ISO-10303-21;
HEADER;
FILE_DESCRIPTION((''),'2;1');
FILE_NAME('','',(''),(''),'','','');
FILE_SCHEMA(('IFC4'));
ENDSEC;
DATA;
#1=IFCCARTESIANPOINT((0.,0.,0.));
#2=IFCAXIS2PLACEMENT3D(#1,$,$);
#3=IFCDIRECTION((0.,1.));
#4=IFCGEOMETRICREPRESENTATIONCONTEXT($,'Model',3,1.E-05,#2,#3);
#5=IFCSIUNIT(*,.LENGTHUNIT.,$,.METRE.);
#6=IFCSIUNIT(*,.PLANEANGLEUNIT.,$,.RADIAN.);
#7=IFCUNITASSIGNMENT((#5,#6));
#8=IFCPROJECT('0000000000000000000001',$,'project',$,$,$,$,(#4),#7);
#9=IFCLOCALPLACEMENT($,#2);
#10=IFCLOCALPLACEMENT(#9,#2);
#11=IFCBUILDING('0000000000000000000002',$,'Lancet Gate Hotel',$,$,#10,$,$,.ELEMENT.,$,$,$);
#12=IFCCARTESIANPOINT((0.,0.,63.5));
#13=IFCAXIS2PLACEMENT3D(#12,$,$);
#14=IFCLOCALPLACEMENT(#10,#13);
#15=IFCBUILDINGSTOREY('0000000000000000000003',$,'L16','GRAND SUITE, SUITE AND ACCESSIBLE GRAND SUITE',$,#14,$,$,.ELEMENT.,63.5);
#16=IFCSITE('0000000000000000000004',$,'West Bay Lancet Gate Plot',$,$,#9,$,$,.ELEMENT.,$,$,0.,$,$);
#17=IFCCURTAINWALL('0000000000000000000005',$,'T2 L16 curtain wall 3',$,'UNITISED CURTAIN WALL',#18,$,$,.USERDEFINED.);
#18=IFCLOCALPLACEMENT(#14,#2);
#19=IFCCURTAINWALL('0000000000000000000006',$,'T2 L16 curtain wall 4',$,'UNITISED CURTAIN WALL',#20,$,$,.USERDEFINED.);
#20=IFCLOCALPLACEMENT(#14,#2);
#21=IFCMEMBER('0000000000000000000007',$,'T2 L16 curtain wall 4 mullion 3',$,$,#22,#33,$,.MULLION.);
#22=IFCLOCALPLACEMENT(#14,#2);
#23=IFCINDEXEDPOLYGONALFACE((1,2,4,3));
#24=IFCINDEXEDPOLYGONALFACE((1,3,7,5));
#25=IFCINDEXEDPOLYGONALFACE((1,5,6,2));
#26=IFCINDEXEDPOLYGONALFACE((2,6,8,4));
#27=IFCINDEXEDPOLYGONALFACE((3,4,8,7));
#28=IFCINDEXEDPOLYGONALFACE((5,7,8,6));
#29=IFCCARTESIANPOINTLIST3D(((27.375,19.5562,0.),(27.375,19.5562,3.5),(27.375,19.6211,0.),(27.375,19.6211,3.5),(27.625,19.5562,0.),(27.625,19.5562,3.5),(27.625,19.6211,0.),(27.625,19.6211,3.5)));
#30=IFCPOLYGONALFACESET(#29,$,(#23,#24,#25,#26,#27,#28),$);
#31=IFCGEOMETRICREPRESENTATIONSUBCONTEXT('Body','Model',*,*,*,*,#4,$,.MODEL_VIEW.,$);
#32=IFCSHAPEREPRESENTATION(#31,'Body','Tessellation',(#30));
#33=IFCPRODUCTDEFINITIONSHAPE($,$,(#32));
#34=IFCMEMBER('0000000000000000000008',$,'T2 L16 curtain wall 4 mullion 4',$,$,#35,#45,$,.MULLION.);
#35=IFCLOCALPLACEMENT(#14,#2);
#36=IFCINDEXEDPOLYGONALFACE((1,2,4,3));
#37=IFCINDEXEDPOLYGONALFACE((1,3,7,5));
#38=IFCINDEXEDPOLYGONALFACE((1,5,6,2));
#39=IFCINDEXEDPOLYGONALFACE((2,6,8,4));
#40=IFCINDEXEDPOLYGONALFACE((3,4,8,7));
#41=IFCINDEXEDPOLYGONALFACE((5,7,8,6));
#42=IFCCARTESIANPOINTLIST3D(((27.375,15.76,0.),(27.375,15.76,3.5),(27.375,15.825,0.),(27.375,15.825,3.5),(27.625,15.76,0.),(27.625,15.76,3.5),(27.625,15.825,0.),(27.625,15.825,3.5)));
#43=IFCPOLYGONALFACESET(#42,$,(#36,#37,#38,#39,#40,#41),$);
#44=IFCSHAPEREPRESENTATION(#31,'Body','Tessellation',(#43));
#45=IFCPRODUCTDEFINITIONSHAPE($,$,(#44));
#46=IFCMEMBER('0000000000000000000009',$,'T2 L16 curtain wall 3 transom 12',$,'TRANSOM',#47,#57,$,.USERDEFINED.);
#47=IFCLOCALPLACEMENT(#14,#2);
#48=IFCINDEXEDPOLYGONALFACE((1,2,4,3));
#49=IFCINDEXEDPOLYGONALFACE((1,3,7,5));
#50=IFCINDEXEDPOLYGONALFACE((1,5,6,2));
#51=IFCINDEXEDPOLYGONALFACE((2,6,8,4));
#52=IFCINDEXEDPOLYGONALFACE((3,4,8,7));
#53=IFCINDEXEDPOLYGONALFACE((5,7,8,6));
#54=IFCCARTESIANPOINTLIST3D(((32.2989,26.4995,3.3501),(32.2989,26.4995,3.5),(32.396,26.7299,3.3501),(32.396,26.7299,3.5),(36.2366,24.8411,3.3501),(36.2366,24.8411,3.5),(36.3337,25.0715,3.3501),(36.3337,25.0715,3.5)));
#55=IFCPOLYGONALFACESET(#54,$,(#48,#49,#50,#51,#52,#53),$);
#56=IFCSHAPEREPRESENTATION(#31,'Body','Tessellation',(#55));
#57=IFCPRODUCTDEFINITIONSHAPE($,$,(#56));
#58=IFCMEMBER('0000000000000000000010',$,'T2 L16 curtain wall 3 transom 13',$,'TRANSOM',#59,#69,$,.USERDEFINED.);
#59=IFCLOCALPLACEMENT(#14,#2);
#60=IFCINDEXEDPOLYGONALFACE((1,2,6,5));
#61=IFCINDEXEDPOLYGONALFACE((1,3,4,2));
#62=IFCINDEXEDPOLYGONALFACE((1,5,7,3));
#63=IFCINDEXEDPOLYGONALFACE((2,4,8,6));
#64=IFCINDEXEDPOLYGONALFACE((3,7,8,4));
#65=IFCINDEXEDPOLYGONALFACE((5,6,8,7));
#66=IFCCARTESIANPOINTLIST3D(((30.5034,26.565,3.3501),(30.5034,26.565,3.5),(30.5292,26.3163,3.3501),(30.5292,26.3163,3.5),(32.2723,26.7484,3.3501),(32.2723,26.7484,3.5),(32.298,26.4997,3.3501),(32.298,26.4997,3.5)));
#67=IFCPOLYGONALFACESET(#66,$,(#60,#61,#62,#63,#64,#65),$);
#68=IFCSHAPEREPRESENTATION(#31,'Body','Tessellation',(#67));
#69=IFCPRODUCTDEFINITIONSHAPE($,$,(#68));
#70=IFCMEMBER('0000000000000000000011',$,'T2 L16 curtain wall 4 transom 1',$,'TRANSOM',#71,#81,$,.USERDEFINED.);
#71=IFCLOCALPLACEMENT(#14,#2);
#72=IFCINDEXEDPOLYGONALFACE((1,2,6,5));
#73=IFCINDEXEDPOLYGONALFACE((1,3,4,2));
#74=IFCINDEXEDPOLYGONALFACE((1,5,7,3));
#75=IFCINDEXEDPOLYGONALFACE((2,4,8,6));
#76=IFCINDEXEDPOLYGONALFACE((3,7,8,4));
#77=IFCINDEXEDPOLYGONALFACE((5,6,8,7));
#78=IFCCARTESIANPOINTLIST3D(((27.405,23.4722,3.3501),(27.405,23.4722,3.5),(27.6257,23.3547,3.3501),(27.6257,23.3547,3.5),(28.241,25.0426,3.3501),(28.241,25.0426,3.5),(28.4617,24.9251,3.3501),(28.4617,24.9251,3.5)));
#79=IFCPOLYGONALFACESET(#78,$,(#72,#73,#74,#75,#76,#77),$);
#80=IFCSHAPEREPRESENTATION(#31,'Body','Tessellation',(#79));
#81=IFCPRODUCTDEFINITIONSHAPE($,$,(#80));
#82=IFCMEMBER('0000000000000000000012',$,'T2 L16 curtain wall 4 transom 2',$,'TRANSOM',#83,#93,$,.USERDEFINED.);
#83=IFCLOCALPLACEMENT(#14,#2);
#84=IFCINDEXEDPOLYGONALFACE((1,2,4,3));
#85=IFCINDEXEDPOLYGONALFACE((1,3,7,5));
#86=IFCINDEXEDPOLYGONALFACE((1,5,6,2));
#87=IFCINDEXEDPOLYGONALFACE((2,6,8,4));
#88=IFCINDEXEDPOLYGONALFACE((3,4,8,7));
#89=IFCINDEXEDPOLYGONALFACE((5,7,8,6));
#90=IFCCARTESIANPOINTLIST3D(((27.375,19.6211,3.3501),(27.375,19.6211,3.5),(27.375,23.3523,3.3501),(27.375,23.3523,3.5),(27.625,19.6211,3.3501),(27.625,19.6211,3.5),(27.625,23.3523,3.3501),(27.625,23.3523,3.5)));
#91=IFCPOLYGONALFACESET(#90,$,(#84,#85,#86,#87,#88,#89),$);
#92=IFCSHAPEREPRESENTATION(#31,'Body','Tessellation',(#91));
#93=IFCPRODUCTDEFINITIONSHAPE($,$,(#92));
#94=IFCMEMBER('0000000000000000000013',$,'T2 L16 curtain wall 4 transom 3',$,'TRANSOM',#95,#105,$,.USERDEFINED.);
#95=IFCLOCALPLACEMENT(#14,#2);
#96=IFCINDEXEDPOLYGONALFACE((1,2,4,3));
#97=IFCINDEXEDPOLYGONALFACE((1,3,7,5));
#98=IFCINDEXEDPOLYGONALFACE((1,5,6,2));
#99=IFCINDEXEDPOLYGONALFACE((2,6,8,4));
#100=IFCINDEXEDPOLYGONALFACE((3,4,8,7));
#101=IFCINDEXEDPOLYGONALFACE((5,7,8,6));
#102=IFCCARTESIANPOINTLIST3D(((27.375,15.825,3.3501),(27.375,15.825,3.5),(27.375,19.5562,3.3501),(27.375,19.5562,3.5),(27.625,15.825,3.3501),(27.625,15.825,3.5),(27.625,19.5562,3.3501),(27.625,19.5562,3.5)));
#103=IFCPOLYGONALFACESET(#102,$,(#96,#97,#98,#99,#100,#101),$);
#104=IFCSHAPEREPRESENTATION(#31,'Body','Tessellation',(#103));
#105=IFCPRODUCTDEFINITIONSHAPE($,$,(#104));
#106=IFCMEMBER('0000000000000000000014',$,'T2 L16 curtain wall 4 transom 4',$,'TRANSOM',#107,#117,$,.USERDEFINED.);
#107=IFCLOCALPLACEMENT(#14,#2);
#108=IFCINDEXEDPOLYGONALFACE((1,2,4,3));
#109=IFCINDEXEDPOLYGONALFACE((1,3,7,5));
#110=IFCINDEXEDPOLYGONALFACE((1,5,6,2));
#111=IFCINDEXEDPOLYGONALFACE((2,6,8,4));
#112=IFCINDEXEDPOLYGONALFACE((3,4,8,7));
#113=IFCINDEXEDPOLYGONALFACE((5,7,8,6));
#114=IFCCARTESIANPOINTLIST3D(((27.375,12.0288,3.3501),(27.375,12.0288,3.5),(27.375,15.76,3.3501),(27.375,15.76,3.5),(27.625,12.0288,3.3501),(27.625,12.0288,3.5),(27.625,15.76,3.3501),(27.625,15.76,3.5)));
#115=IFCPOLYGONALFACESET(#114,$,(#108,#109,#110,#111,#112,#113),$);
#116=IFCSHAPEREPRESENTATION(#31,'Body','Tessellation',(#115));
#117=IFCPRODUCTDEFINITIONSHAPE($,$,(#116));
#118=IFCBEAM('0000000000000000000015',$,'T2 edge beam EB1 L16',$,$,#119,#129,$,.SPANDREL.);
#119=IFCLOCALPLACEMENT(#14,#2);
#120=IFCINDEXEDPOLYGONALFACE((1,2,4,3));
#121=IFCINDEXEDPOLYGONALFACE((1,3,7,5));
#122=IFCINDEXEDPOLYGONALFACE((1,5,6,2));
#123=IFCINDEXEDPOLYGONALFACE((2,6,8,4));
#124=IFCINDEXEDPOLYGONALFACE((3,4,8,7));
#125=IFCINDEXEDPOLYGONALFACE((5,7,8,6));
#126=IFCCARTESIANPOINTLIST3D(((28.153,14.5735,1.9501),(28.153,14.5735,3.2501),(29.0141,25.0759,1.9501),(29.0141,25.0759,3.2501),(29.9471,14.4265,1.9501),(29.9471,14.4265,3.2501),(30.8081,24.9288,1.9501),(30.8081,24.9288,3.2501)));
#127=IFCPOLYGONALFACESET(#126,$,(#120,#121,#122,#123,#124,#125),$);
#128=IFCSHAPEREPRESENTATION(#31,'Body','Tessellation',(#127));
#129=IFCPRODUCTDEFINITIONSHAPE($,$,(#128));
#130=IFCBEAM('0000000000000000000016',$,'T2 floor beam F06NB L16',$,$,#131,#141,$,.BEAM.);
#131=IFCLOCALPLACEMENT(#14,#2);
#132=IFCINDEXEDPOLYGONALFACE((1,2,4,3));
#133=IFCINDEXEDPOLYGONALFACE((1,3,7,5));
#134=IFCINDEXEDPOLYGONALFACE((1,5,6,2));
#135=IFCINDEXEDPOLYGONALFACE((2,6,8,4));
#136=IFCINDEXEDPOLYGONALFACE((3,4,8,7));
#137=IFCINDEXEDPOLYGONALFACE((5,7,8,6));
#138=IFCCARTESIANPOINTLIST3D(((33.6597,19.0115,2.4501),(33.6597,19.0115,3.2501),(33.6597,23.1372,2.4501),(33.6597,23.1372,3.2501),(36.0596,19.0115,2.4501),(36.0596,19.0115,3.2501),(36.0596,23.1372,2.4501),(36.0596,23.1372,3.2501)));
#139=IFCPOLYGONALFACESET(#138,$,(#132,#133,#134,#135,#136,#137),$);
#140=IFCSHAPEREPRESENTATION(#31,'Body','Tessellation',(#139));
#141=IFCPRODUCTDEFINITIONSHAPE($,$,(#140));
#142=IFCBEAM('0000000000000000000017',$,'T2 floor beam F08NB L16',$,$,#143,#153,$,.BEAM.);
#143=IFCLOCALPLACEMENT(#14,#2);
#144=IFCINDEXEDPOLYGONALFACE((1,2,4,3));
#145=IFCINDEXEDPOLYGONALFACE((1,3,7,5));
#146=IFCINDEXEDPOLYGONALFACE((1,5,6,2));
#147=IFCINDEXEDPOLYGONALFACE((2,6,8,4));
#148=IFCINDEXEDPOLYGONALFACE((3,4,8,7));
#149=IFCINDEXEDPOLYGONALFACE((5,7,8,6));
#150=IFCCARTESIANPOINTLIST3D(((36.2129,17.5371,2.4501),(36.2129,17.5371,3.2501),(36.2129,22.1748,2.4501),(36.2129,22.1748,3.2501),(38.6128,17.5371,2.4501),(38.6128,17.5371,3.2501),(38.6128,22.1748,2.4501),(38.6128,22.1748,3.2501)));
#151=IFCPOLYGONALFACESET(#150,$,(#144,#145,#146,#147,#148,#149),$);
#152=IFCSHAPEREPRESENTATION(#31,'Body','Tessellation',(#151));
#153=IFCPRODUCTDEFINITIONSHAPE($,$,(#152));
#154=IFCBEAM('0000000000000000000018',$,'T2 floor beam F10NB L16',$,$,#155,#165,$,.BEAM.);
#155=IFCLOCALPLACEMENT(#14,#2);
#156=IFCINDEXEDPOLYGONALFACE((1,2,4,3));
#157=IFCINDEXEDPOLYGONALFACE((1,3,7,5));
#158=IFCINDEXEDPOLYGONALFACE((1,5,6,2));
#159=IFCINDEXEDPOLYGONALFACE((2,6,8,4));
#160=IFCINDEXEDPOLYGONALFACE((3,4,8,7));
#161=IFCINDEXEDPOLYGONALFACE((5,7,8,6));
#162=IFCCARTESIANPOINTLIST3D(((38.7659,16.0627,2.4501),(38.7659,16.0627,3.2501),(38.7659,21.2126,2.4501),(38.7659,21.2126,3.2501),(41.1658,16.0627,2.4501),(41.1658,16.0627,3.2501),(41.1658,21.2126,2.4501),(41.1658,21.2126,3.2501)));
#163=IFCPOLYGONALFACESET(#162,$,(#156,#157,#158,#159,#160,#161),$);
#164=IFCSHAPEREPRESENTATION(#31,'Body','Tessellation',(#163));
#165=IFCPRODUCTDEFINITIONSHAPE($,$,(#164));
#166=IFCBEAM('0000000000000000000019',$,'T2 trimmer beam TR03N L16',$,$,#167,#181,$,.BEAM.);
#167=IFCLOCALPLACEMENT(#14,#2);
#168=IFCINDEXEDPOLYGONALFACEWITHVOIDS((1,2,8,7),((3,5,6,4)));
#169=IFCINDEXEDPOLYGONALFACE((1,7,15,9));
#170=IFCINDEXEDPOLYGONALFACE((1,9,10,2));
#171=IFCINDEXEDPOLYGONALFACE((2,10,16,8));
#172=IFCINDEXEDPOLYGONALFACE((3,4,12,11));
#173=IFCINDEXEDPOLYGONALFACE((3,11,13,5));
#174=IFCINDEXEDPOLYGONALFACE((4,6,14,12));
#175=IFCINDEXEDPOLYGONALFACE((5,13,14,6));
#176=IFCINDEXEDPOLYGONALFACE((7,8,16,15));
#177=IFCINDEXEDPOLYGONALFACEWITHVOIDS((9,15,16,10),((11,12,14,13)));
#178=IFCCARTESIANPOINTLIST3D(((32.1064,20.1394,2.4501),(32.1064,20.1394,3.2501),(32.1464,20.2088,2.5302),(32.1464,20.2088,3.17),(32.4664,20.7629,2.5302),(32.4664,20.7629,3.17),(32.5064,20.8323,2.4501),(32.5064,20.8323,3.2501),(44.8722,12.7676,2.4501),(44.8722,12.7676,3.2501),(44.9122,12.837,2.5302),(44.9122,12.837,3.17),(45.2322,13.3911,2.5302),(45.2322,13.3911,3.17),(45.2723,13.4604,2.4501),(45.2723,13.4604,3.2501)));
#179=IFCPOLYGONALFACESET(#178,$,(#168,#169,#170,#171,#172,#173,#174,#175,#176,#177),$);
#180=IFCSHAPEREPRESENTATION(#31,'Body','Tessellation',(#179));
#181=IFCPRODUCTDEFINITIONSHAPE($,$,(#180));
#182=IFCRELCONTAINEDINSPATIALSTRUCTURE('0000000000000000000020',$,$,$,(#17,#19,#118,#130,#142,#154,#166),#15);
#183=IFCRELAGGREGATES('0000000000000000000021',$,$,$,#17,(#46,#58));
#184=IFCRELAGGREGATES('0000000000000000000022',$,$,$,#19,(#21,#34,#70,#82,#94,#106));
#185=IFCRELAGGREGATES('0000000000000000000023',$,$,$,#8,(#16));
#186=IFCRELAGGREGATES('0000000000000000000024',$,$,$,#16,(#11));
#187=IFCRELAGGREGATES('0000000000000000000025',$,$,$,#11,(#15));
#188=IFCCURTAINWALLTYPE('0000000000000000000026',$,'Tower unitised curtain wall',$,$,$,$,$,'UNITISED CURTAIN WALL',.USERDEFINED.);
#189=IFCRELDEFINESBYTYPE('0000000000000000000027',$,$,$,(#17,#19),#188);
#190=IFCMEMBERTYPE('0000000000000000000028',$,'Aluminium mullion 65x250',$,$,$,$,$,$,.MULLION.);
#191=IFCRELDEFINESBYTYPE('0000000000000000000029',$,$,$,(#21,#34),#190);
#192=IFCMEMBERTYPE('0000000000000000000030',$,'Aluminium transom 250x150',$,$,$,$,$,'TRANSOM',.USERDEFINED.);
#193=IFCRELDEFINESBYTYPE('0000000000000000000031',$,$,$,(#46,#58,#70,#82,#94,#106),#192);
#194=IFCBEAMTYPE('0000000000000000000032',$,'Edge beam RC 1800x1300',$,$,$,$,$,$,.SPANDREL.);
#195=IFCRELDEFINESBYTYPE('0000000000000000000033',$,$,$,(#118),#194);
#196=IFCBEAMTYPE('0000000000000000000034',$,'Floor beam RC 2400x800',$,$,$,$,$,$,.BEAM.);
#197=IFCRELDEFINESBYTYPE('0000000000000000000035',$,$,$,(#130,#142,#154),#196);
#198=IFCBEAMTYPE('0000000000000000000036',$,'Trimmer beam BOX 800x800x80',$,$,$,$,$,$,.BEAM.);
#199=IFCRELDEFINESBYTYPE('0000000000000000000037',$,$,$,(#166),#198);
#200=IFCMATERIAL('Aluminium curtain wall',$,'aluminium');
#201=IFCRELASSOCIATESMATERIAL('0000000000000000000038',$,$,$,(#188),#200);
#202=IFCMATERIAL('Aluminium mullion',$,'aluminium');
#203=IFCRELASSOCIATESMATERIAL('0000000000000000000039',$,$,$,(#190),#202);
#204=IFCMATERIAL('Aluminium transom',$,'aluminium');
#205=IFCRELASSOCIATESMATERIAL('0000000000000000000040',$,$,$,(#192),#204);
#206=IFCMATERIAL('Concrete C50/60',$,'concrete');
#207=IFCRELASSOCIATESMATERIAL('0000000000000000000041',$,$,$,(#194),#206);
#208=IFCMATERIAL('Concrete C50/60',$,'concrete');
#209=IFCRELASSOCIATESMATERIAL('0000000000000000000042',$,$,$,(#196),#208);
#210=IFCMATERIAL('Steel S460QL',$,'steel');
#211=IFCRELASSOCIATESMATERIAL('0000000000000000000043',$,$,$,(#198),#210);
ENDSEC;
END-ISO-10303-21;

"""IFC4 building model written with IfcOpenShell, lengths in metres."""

from ifc_helpers import new_model, si_unit, direction, frame, origin, origin_2d, place, context, subcontext, project, spatial, rectangle, hollow_rectangle, extrude, material, material_profile, profile_set, type_object, element, aggregate, save


model = new_model("IFC4")

# Units and contexts
model_context = context("Model", 3, precision=1e-05, world=origin(), true_north=direction((0.0, 1.0)))
body_context = subcontext(model_context, "Body", "Model", "MODEL_VIEW")
ifc_project = project(units=[si_unit("LENGTHUNIT", "METRE"), si_unit("PLANEANGLEUNIT", "RADIAN")], contexts=[model_context])

# Site, building, storey
site_placement = place(None, origin())
site = spatial("IfcSite", under=ifc_project, at=site_placement, Name="West Bay Lancet Gate Plot", CompositionType="ELEMENT", RefElevation=0.0)
building_placement = place(site_placement, origin())
building = spatial("IfcBuilding", under=site, at=building_placement, Name="Lancet Gate Hotel", CompositionType="ELEMENT")
storey_placement = place(building_placement, frame((0.0, 0.0, 63.5)))
storey = spatial("IfcBuildingStorey", under=building, at=storey_placement, Name="L16", Description="GRAND SUITE, SUITE AND ACCESSIBLE GRAND SUITE", CompositionType="ELEMENT", Elevation=63.5)

# Curtain walls, members
ifc_material_1 = material(Name="Aluminium curtain wall", Category="aluminium")
curtain_wall_type = type_object("IfcCurtainWallType", Name="Tower unitised curtain wall", ElementType="UNITISED CURTAIN WALL", PredefinedType="USERDEFINED", material=ifc_material_1)
curtain_wall_1_placement = place(storey_placement, origin())
curtain_wall_1 = element("IfcCurtainWall", 1, at=curtain_wall_1_placement, inside=storey, type_object=curtain_wall_type, Name="T2 L16 curtain wall 3", ObjectType="UNITISED CURTAIN WALL", PredefinedType="USERDEFINED")
ifc_material_2 = material(Name="Aluminium mullion", Category="aluminium")
ifc_material_profile_1 = material_profile(ifc_material_2, rectangle(XDim=0.0649, YDim=0.25, at=origin_2d()), Name="MULLION 65x250")
ifc_profile_set_1 = profile_set([ifc_material_profile_1], Name="Aluminium mullion")
member_type_1 = type_object("IfcMemberType", Name="Aluminium mullion 65x250", PredefinedType="MULLION", material=ifc_profile_set_1)
curtain_wall_2_placement = place(storey_placement, origin())
curtain_wall_2 = element("IfcCurtainWall", 2, at=curtain_wall_2_placement, inside=storey, type_object=curtain_wall_type, Name="T2 L16 curtain wall 4", ObjectType="UNITISED CURTAIN WALL", PredefinedType="USERDEFINED")
member_1_placement = place(storey_placement, frame((27.5, 19.5886, 0.0), z_axis=(0.0, 0.0, 1.0), x_axis=(0.0, -1.0, 0.0)))
member_1 = element("IfcMember", 3, at=member_1_placement, type_object=member_type_1, Name="T2 L16 curtain wall 4 mullion 3", PredefinedType="MULLION", context=body_context, shape_type="SweptSolid", body=[
    extrude(rectangle(XDim=0.0649, YDim=0.25, at=origin_2d()), origin(), (0.0, 0.0, 1.0), 3.5),
])
member_2_placement = place(storey_placement, frame((27.5, 15.7925, 0.0), z_axis=(0.0, 0.0, 1.0), x_axis=(0.0, -1.0, 0.0)))
member_2 = element("IfcMember", 4, at=member_2_placement, type_object=member_type_1, Name="T2 L16 curtain wall 4 mullion 4", PredefinedType="MULLION", context=body_context, shape_type="SweptSolid", body=[
    extrude(rectangle(XDim=0.0649, YDim=0.25, at=origin_2d()), origin(), (0.0, 0.0, 1.0), 3.5),
])

# Members
ifc_material_3 = material(Name="Aluminium transom", Category="aluminium")
ifc_material_profile_2 = material_profile(ifc_material_3, rectangle(XDim=0.25, YDim=0.1499, at=origin_2d()), Name="TRANSOM 250x150")
ifc_profile_set_2 = profile_set([ifc_material_profile_2], Name="Aluminium transom")
member_type_2 = type_object("IfcMemberType", Name="Aluminium transom 250x150", ElementType="TRANSOM", PredefinedType="USERDEFINED", material=ifc_profile_set_2)
member_3_placement = place(storey_placement, frame((36.2852, 24.9563, 3.425), z_axis=(-0.921598, 0.388146, 0.0), x_axis=(-0.388146, -0.921598, 0.0)))
member_3 = element("IfcMember", 5, at=member_3_placement, type_object=member_type_2, Name="T2 L16 curtain wall 3 transom 12", ObjectType="TRANSOM", PredefinedType="USERDEFINED", context=body_context, shape_type="SweptSolid", body=[
    extrude(rectangle(XDim=0.25, YDim=0.1499, at=origin_2d()), origin(), (0.0, 0.0, 1.0), 4.2727),
])
member_4_placement = place(storey_placement, frame((32.2852, 26.624, 3.425), z_axis=(-0.99467, -0.103105, 0.0), x_axis=(0.103105, -0.99467, 0.0)))
member_4 = element("IfcMember", 6, at=member_4_placement, type_object=member_type_2, Name="T2 L16 curtain wall 3 transom 13", ObjectType="TRANSOM", PredefinedType="USERDEFINED", context=body_context, shape_type="SweptSolid", body=[
    extrude(rectangle(XDim=0.25, YDim=0.1499, at=origin_2d()), origin(), (0.0, 0.0, 1.0), 1.7783),
])
member_5_placement = place(storey_placement, frame((28.3513, 24.9839, 3.425), z_axis=(-0.469904, -0.882717, 0.0), x_axis=(0.882717, -0.469904, 0.0)))
member_5 = element("IfcMember", 7, at=member_5_placement, type_object=member_type_2, Name="T2 L16 curtain wall 4 transom 1", ObjectType="TRANSOM", PredefinedType="USERDEFINED", context=body_context, shape_type="SweptSolid", body=[
    extrude(rectangle(XDim=0.25, YDim=0.1499, at=origin_2d()), origin(), (0.0, 0.0, 1.0), 1.7791),
])
member_6_placement = place(storey_placement, frame((27.5, 23.3523, 3.425), z_axis=(0.0, -1.0, 0.0), x_axis=(1.0, 0.0, 0.0)))
member_6 = element("IfcMember", 8, at=member_6_placement, type_object=member_type_2, Name="T2 L16 curtain wall 4 transom 2", ObjectType="TRANSOM", PredefinedType="USERDEFINED", context=body_context, shape_type="SweptSolid", body=[
    extrude(rectangle(XDim=0.25, YDim=0.1499, at=origin_2d()), origin(), (0.0, 0.0, 1.0), 3.7312),
])
member_7_placement = place(storey_placement, frame((27.5, 19.5562, 3.425), z_axis=(0.0, -1.0, 0.0), x_axis=(1.0, 0.0, 0.0)))
member_7 = element("IfcMember", 9, at=member_7_placement, type_object=member_type_2, Name="T2 L16 curtain wall 4 transom 3", ObjectType="TRANSOM", PredefinedType="USERDEFINED", context=body_context, shape_type="SweptSolid", body=[
    extrude(rectangle(XDim=0.25, YDim=0.1499, at=origin_2d()), origin(), (0.0, 0.0, 1.0), 3.7312),
])
member_8_placement = place(storey_placement, frame((27.5, 15.76, 3.425), z_axis=(0.0, -1.0, 0.0), x_axis=(1.0, 0.0, 0.0)))
member_8 = element("IfcMember", 10, at=member_8_placement, type_object=member_type_2, Name="T2 L16 curtain wall 4 transom 4", ObjectType="TRANSOM", PredefinedType="USERDEFINED", context=body_context, shape_type="SweptSolid", body=[
    extrude(rectangle(XDim=0.25, YDim=0.1499, at=origin_2d()), origin(), (0.0, 0.0, 1.0), 3.7312),
])

# Beams
ifc_material_4 = material(Name="Concrete C50/60", Category="concrete")
ifc_material_profile_3 = material_profile(ifc_material_4, rectangle(XDim=1.8, YDim=1.3, at=origin_2d()), Name="RC 1800x1300")
ifc_profile_set_3 = profile_set([ifc_material_profile_3], Name="Concrete C50/60")
beam_type_1 = type_object("IfcBeamType", Name="Edge beam RC 1800x1300", PredefinedType="SPANDREL", material=ifc_profile_set_3)
beam_1_placement = place(storey_placement, frame((29.05, 14.5, 2.6001), z_axis=(0.081715, 0.996656, 0.0), x_axis=(-0.996656, 0.081715, 0.0)))
element("IfcBeam", 11, at=beam_1_placement, inside=storey, type_object=beam_type_1, Name="T2 edge beam EB1 L16", PredefinedType="SPANDREL", context=body_context, shape_type="SweptSolid", body=[
    extrude(rectangle(XDim=1.8, YDim=1.3, at=origin_2d()), origin(), (0.0, 0.0, 1.0), 10.5376),
])
ifc_material_5 = material(Name="Concrete C50/60", Category="concrete")
ifc_material_profile_4 = material_profile(ifc_material_5, rectangle(XDim=2.3999, YDim=0.8, at=origin_2d()), Name="RC 2400x800")
ifc_profile_set_4 = profile_set([ifc_material_profile_4], Name="Concrete C50/60")
beam_type_2 = type_object("IfcBeamType", Name="Floor beam RC 2400x800", PredefinedType="BEAM", material=ifc_profile_set_4)
beam_2_placement = place(storey_placement, frame((34.8596, 19.0115, 2.8501), z_axis=(0.0, 1.0, 0.0), x_axis=(-1.0, 0.0, 0.0)))
element("IfcBeam", 12, at=beam_2_placement, inside=storey, type_object=beam_type_2, Name="T2 floor beam F06NB L16", PredefinedType="BEAM", context=body_context, shape_type="SweptSolid", body=[
    extrude(rectangle(XDim=2.3999, YDim=0.8, at=origin_2d()), origin(), (0.0, 0.0, 1.0), 4.1257),
])
beam_3_placement = place(storey_placement, frame((37.4128, 17.5371, 2.8501), z_axis=(0.0, 1.0, 0.0), x_axis=(-1.0, 0.0, 0.0)))
element("IfcBeam", 13, at=beam_3_placement, inside=storey, type_object=beam_type_2, Name="T2 floor beam F08NB L16", PredefinedType="BEAM", context=body_context, shape_type="SweptSolid", body=[
    extrude(rectangle(XDim=2.3999, YDim=0.8, at=origin_2d()), origin(), (0.0, 0.0, 1.0), 4.6377),
])
beam_4_placement = place(storey_placement, frame((39.9658, 16.0627, 2.8501), z_axis=(0.0, 1.0, 0.0), x_axis=(-1.0, 0.0, 0.0)))
element("IfcBeam", 14, at=beam_4_placement, inside=storey, type_object=beam_type_2, Name="T2 floor beam F10NB L16", PredefinedType="BEAM", context=body_context, shape_type="SweptSolid", body=[
    extrude(rectangle(XDim=2.3999, YDim=0.8, at=origin_2d()), origin(), (0.0, 0.0, 1.0), 5.1499),
])
ifc_material_6 = material(Name="Steel S460QL", Category="steel")
ifc_material_profile_5 = material_profile(ifc_material_6, hollow_rectangle(XDim=0.8, YDim=0.8, WallThickness=0.0801, at=origin_2d()), Name="BOX 800x800x80")
ifc_profile_set_5 = profile_set([ifc_material_profile_5], Name="Steel S460QL")
beam_type_3 = type_object("IfcBeamType", Name="Trimmer beam BOX 800x800x80", PredefinedType="BEAM", material=ifc_profile_set_5)
beam_5_placement = place(storey_placement, frame((32.3064, 20.4858, 2.8501), z_axis=(0.865983, -0.500074, 0.0), x_axis=(0.500074, 0.865983, 0.0)))
element("IfcBeam", 15, at=beam_5_placement, inside=storey, type_object=beam_type_3, Name="T2 trimmer beam TR03N L16", PredefinedType="BEAM", context=body_context, shape_type="SweptSolid", body=[
    extrude(hollow_rectangle(XDim=0.8, YDim=0.8, WallThickness=0.0801, at=origin_2d()), origin(), (0.0, 0.0, 1.0), 14.7415),
])

aggregate(curtain_wall_1, [member_3, member_4])
aggregate(curtain_wall_2, [member_1, member_2, member_5, member_6, member_7, member_8])

save(model, "model.ifc")
